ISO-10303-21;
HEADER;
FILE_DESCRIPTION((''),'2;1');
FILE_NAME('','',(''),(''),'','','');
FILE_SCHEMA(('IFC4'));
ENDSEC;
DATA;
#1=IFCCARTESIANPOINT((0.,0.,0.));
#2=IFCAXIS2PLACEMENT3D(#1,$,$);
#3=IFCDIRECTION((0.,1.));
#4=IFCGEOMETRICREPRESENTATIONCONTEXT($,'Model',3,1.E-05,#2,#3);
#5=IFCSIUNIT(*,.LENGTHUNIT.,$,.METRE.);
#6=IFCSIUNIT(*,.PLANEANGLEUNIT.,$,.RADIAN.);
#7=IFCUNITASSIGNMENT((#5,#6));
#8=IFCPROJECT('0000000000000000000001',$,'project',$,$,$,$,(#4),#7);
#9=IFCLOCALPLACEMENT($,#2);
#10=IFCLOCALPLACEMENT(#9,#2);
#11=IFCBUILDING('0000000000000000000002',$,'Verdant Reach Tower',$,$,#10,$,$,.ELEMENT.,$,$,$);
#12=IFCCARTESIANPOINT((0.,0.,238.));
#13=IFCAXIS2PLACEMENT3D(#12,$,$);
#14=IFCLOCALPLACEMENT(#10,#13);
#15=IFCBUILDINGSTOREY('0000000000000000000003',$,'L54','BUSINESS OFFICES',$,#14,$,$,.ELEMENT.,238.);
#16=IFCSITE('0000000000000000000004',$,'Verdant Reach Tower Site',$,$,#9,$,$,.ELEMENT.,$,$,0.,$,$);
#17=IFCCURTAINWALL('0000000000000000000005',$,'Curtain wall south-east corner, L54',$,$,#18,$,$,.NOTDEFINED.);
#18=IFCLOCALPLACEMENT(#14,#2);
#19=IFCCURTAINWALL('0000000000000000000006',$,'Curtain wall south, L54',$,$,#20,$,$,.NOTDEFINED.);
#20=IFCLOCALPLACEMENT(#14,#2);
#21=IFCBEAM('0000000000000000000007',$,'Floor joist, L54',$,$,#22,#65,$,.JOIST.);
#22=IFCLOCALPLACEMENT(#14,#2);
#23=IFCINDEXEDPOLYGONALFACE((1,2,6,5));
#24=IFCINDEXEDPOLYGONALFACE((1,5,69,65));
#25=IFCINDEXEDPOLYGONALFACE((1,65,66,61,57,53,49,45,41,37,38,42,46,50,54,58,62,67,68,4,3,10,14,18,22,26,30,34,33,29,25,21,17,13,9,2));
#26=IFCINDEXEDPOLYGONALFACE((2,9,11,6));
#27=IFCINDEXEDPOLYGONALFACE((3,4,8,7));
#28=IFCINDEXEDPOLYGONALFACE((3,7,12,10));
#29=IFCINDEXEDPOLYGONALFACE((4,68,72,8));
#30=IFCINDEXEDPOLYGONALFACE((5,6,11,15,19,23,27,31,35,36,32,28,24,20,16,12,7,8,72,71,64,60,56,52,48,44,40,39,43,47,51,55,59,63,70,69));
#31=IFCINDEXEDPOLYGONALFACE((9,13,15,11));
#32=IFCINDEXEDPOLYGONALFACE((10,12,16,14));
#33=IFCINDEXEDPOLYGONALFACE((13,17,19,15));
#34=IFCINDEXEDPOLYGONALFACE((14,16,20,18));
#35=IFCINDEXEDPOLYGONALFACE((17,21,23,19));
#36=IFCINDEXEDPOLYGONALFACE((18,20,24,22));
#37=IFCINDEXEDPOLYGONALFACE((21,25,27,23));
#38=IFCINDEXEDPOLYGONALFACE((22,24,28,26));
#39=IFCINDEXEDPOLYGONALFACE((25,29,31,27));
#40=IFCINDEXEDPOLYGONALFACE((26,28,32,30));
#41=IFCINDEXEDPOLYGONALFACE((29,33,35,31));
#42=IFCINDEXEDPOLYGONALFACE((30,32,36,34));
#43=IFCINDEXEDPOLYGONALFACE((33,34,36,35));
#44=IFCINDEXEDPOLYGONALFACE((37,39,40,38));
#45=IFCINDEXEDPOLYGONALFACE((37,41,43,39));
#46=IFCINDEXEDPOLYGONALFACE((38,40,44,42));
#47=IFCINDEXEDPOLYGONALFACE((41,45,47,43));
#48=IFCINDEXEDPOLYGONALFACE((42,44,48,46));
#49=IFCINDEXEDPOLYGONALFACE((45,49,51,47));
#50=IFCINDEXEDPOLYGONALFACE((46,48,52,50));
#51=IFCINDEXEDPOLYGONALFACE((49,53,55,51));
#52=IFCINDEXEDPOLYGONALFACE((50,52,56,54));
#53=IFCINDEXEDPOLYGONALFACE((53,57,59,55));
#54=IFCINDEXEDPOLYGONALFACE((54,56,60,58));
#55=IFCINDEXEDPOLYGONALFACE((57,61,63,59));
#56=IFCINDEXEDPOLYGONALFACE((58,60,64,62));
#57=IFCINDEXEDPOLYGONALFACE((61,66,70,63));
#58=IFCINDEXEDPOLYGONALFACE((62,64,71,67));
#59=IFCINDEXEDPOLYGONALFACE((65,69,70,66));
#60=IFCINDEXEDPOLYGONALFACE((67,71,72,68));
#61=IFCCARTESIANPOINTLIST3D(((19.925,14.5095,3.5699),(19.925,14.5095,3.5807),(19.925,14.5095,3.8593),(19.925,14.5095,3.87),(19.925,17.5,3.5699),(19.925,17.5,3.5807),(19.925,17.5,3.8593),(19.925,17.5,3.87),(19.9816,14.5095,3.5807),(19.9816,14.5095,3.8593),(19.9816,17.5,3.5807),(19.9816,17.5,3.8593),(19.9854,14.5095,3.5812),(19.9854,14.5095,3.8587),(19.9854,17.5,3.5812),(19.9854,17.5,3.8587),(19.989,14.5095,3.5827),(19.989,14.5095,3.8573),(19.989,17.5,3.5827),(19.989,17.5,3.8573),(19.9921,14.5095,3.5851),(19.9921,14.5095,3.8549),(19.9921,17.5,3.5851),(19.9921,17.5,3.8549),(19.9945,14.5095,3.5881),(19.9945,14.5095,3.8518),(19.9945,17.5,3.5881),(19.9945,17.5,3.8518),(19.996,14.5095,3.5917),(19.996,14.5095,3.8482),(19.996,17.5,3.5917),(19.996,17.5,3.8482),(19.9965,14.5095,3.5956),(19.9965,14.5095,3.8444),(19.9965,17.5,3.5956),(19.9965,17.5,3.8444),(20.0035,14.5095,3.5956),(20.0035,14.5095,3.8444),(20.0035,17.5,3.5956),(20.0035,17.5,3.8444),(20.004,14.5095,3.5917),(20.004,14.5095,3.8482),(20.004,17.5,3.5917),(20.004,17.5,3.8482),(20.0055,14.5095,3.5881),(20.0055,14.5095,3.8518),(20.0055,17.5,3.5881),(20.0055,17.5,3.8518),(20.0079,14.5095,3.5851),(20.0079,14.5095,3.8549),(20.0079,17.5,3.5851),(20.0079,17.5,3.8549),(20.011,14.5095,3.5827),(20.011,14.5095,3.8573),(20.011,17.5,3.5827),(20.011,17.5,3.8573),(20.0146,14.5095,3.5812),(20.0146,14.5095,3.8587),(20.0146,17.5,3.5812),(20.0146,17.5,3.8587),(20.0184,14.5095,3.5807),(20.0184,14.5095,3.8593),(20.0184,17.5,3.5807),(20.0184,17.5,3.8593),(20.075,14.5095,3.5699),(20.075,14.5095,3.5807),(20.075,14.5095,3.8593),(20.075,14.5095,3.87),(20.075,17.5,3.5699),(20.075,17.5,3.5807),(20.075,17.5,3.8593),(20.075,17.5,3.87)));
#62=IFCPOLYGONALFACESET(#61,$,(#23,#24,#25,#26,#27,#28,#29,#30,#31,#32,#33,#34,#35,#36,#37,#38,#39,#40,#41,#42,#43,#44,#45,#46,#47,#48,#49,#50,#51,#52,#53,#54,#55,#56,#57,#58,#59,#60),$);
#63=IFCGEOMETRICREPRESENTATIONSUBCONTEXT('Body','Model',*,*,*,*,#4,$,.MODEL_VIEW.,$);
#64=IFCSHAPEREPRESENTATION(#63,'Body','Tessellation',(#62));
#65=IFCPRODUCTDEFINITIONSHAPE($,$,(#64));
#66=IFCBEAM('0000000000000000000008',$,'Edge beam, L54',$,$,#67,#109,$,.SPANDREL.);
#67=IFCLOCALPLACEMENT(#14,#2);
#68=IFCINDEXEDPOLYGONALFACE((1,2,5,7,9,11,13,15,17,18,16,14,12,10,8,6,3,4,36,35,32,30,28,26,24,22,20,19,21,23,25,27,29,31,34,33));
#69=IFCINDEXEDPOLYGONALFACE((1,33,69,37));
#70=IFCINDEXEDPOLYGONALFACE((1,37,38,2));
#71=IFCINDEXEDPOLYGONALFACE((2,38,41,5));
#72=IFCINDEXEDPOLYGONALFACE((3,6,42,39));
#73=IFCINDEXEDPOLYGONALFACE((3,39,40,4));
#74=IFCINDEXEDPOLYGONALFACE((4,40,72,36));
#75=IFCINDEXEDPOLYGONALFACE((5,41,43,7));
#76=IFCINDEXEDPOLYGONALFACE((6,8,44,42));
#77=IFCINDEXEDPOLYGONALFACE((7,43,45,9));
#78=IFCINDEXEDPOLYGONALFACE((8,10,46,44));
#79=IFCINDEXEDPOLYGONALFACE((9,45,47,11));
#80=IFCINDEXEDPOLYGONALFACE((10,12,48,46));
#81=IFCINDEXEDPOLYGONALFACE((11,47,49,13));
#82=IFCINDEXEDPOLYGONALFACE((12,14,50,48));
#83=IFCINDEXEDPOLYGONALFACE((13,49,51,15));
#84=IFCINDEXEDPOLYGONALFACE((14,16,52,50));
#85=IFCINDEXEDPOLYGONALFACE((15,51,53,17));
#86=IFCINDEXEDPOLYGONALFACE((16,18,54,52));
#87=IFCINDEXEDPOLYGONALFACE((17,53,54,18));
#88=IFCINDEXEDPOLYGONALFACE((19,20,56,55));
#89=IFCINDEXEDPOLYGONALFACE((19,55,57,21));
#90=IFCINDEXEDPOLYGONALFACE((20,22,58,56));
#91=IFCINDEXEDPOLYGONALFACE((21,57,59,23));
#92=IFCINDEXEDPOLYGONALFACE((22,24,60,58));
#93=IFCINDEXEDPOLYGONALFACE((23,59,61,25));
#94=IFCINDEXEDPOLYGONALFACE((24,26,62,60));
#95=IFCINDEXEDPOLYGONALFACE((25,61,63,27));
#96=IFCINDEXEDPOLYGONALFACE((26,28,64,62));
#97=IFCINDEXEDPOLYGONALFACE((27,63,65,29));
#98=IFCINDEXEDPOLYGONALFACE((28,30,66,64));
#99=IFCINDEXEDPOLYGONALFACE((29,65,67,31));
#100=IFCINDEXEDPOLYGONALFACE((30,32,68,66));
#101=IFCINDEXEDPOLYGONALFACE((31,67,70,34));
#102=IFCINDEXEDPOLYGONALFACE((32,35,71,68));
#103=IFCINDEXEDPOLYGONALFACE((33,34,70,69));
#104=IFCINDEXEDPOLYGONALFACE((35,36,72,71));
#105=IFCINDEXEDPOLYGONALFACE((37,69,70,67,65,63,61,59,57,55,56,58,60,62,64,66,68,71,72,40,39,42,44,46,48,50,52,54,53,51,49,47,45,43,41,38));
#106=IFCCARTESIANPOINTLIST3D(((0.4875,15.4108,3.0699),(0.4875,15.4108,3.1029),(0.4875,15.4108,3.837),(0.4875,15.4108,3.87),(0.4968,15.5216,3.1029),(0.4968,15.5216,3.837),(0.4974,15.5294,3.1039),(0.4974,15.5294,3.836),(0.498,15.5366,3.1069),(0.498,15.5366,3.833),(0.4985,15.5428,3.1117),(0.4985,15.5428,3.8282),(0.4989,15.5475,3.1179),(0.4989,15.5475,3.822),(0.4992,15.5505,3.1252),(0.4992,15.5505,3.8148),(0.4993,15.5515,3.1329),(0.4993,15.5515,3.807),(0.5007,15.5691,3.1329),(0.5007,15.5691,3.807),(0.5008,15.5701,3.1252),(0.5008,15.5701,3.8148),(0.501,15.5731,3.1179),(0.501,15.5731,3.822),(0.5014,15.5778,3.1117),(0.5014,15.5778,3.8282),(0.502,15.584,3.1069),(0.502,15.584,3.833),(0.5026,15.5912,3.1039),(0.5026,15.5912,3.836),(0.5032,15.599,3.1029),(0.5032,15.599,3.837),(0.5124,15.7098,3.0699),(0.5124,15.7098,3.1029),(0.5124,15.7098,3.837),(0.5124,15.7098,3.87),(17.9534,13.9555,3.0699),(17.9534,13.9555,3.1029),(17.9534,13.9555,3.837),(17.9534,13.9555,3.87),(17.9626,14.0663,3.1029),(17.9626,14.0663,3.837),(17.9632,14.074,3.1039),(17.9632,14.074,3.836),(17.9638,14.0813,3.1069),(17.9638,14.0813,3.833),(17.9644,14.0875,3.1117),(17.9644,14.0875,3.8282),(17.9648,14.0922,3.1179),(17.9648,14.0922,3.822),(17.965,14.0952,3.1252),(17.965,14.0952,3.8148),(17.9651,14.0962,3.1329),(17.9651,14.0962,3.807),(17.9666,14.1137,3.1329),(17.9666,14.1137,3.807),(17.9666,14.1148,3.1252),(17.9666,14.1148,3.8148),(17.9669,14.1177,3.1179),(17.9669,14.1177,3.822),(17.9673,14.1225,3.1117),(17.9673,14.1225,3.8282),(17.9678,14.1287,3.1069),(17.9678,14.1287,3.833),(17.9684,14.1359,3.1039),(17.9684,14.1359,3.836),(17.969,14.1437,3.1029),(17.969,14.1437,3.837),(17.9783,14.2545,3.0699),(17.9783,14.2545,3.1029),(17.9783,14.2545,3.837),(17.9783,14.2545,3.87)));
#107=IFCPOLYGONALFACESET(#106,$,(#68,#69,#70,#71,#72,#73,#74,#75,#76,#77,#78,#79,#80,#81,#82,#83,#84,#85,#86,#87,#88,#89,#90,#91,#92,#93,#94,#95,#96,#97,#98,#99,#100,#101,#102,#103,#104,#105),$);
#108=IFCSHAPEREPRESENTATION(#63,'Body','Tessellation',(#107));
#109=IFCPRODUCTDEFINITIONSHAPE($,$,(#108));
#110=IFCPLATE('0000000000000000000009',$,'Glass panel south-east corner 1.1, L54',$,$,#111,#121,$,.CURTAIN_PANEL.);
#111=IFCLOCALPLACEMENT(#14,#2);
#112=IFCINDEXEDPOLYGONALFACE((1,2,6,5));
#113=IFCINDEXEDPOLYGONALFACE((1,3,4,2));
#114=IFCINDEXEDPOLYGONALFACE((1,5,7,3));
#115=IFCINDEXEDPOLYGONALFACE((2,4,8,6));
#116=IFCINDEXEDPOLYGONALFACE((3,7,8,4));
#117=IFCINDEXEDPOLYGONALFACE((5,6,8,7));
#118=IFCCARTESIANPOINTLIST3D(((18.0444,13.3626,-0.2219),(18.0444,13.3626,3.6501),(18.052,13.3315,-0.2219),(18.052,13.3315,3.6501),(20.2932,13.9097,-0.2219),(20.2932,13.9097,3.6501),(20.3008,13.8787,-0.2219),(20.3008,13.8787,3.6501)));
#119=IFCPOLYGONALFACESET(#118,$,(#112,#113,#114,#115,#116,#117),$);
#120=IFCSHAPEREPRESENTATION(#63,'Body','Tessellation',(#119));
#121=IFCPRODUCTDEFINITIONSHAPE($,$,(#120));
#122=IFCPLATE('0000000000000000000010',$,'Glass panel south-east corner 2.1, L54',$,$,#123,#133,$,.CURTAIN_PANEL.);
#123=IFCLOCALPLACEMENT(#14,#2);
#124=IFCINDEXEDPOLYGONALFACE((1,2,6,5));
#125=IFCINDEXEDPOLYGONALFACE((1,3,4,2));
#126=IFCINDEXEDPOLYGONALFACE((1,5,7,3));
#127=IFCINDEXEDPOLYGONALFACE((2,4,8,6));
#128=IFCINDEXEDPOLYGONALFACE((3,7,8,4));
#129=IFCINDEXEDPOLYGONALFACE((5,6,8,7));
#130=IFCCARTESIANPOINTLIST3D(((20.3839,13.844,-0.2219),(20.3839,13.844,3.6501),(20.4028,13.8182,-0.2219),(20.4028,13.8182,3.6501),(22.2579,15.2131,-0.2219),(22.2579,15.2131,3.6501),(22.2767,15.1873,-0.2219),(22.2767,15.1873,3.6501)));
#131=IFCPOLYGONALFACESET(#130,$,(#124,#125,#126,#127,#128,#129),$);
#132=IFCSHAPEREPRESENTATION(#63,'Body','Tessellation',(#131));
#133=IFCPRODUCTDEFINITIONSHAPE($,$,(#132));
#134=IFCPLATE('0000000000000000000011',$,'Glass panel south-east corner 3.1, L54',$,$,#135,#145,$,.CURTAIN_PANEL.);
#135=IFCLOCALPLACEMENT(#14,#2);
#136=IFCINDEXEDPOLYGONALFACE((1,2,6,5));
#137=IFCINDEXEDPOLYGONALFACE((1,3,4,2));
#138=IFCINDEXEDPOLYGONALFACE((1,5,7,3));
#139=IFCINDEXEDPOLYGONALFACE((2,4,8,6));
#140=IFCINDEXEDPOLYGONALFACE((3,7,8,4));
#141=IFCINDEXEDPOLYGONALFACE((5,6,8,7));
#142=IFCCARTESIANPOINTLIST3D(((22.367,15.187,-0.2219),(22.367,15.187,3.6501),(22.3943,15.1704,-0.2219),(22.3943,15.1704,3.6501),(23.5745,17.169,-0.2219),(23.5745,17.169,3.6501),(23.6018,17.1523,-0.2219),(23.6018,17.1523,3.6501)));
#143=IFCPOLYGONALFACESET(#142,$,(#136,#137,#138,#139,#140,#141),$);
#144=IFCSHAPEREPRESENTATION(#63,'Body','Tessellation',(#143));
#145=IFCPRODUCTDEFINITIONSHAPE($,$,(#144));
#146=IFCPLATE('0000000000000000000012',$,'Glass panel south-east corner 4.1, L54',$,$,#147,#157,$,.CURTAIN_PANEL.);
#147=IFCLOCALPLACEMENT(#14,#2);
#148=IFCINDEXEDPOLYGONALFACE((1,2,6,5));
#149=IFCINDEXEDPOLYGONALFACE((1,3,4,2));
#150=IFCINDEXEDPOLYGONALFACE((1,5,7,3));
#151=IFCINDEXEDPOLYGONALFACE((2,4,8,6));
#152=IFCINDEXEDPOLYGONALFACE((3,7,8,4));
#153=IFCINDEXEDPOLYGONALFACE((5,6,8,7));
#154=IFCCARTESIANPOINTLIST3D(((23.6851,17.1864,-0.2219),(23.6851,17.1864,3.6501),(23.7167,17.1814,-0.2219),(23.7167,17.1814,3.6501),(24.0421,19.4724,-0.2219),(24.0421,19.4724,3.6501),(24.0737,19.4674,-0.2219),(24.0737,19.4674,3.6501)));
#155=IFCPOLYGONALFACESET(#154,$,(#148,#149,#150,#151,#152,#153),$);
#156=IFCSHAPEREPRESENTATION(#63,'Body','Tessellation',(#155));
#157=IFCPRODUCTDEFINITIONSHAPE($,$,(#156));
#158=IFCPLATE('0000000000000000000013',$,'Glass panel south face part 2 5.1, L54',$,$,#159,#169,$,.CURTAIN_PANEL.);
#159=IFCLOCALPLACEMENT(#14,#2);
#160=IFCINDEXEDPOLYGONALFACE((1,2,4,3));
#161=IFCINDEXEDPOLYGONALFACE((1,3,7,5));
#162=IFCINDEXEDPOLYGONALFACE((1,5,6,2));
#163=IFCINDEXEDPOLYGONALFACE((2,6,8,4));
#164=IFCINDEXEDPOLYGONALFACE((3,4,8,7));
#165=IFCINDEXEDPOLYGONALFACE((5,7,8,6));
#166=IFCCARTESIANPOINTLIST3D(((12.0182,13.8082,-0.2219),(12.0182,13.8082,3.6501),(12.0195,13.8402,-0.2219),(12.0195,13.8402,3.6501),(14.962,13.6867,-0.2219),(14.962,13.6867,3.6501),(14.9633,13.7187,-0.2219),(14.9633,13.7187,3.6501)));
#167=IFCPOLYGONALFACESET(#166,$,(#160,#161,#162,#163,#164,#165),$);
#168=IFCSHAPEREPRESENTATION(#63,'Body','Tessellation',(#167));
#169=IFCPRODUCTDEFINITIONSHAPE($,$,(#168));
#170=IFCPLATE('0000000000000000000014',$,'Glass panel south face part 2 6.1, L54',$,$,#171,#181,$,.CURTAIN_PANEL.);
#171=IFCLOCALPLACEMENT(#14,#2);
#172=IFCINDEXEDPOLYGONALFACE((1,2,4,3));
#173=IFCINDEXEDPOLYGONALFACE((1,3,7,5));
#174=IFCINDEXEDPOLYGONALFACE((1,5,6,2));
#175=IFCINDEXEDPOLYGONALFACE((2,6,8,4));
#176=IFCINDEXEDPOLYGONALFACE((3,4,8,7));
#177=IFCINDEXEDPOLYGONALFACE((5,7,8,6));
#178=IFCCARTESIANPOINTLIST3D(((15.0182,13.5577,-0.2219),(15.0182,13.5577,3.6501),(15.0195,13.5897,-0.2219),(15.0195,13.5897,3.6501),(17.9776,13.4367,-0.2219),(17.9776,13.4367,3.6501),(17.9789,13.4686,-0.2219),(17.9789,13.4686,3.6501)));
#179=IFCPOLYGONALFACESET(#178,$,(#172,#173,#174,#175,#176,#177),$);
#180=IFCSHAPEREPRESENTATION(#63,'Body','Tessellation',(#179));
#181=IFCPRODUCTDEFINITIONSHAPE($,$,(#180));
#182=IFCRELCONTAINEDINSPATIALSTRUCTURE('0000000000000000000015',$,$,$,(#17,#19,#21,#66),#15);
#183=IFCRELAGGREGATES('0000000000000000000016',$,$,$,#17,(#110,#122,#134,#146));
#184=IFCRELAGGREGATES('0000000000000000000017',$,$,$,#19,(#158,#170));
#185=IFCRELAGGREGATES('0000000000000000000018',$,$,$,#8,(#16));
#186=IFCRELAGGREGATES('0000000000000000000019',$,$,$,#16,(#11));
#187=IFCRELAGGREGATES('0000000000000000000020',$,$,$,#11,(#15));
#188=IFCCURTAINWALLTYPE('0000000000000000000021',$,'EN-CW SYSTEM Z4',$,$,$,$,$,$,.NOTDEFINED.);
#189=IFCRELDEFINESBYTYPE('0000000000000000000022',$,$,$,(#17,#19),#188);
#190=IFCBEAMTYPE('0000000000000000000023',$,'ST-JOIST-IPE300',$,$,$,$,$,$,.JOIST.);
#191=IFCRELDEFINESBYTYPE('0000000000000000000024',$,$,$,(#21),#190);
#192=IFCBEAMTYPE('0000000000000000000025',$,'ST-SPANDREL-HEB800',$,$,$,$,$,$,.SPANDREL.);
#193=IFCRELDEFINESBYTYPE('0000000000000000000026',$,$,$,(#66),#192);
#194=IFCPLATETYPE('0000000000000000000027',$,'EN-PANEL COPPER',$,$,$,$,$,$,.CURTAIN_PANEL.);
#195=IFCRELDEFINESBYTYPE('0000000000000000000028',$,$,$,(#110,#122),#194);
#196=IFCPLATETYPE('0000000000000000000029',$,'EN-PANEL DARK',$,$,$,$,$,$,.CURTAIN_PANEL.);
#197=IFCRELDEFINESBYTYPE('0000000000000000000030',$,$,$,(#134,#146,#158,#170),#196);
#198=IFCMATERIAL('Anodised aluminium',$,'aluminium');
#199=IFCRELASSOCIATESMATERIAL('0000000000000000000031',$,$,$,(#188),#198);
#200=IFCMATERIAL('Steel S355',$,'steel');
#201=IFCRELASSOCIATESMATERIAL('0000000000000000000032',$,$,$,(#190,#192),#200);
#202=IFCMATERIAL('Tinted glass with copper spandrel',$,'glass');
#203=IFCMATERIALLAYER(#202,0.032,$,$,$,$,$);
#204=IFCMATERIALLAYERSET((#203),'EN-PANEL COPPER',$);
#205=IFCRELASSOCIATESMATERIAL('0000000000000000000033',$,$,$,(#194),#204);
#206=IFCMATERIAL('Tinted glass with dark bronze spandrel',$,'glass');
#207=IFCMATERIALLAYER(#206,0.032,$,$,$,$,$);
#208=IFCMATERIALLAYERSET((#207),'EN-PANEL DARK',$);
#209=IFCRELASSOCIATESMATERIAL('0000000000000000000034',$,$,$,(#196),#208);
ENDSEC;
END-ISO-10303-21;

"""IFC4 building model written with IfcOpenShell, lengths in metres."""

from ifc_helpers import new_model, si_unit, direction, frame, origin, origin_2d, place, context, subcontext, project, spatial, rectangle, i_section, extrude, material, layer, layer_set, material_profile, profile_set, type_object, element, aggregate, save


model = new_model("IFC4")

# Units and contexts
model_context = context("Model", 3, precision=1e-05, world=origin(), true_north=direction((0.0, 1.0)))
body_context = subcontext(model_context, "Body", "Model", "MODEL_VIEW")
ifc_project = project(units=[si_unit("LENGTHUNIT", "METRE"), si_unit("PLANEANGLEUNIT", "RADIAN")], contexts=[model_context])

# Site, building, storey
site_placement = place(None, origin())
site = spatial("IfcSite", under=ifc_project, at=site_placement, Name="Verdant Reach Tower Site", CompositionType="ELEMENT", RefElevation=0.0)
building_placement = place(site_placement, origin())
building = spatial("IfcBuilding", under=site, at=building_placement, Name="Verdant Reach Tower", CompositionType="ELEMENT")
storey_placement = place(building_placement, frame((0.0, 0.0, 238.0)))
storey = spatial("IfcBuildingStorey", under=building, at=storey_placement, Name="L54", Description="BUSINESS OFFICES", CompositionType="ELEMENT", Elevation=238.0)

# Curtain wall
ifc_material_1 = material(Name="Anodised aluminium", Category="aluminium")
curtain_wall_type = type_object("IfcCurtainWallType", Name="EN-CW SYSTEM Z4", PredefinedType="NOTDEFINED", material=ifc_material_1)
curtain_wall_1_placement = place(storey_placement, origin())
curtain_wall_1 = element("IfcCurtainWall", 1, at=curtain_wall_1_placement, inside=storey, type_object=curtain_wall_type, Name="Curtain wall south-east corner, L54", PredefinedType="NOTDEFINED")

# Curtain wall
curtain_wall_2_placement = place(storey_placement, origin())
curtain_wall_2 = element("IfcCurtainWall", 2, at=curtain_wall_2_placement, inside=storey, type_object=curtain_wall_type, Name="Curtain wall south, L54", PredefinedType="NOTDEFINED")

# Beams
ifc_material_2 = material(Name="Steel S355", Category="steel")
ifc_material_profile_1 = material_profile(ifc_material_2, i_section(OverallWidth=0.1499, OverallDepth=0.3, WebThickness=0.0071, FlangeThickness=0.0107, FilletRadius=0.0149, at=origin_2d()), Name="IPE 300")
ifc_profile_set_1 = profile_set([ifc_material_profile_1], Name="Steel S355")
beam_type_1 = type_object("IfcBeamType", Name="ST-JOIST-IPE300", PredefinedType="JOIST", material=ifc_profile_set_1)
beam_1_placement = place(storey_placement, frame((20.0, 17.5, 3.72), z_axis=(0.0, -1.0, 0.0), x_axis=(1.0, 0.0, 0.0)))
element("IfcBeam", 3, at=beam_1_placement, inside=storey, type_object=beam_type_1, Name="Floor joist, L54", PredefinedType="JOIST", context=body_context, shape_type="SweptSolid", body=[
    extrude(i_section(OverallWidth=0.1499, OverallDepth=0.3, WebThickness=0.0071, FlangeThickness=0.0107, FilletRadius=0.0149, at=origin_2d()), origin(), (0.0, 0.0, 1.0), 2.9905),
])
ifc_material_profile_2 = material_profile(ifc_material_2, i_section(OverallWidth=0.3, OverallDepth=0.8, WebThickness=0.0176, FlangeThickness=0.033, FilletRadius=0.03, at=origin_2d()), Name="HEB 800")
ifc_profile_set_2 = profile_set([ifc_material_profile_2], Name="Steel S355")
beam_type_2 = type_object("IfcBeamType", Name="ST-SPANDREL-HEB800", PredefinedType="SPANDREL", material=ifc_profile_set_2)
beam_2_placement = place(storey_placement, frame((17.9658, 14.105, 3.47), z_axis=(-0.996547, 0.083036, 0.0), x_axis=(-0.083036, -0.996547, 0.0)))
element("IfcBeam", 4, at=beam_2_placement, inside=storey, type_object=beam_type_2, Name="Edge beam, L54", PredefinedType="SPANDREL", context=body_context, shape_type="SweptSolid", body=[
    extrude(i_section(OverallWidth=0.3, OverallDepth=0.8, WebThickness=0.0176, FlangeThickness=0.033, FilletRadius=0.03, at=origin_2d()), origin(), (0.0, 0.0, 1.0), 17.5264),
])

# Plates
ifc_material_3 = material(Name="Tinted glass with copper spandrel", Category="glass")
ifc_layer_1 = layer(ifc_material_3, 0.032)
ifc_layer_set_1 = layer_set([ifc_layer_1], Name="EN-PANEL COPPER")
plate_type_1 = type_object("IfcPlateType", Name="EN-PANEL COPPER", PredefinedType="CURTAIN_PANEL", material=ifc_layer_set_1)
plate_1_placement = place(storey_placement, frame((19.1726, 13.6206, -0.2219), z_axis=(0.0, 0.0, 1.0), x_axis=(0.971652, 0.236414, 0.0)))
plate_1 = element("IfcPlate", 5, at=plate_1_placement, type_object=plate_type_1, Name="Glass panel south-east corner 1.1, L54", PredefinedType="CURTAIN_PANEL", context=body_context, shape_type="SweptSolid", body=[
    extrude(rectangle(XDim=2.3145, YDim=0.032, at=origin_2d()), origin(), (0.0, 0.0, 1.0), 3.8721),
])
plate_2_placement = place(storey_placement, frame((21.3303, 14.5156, -0.2219), z_axis=(0.0, 0.0, 1.0), x_axis=(0.807457, 0.589927, 0.0)))
plate_2 = element("IfcPlate", 6, at=plate_2_placement, type_object=plate_type_1, Name="Glass panel south-east corner 2.1, L54", PredefinedType="CURTAIN_PANEL", context=body_context, shape_type="SweptSolid", body=[
    extrude(rectangle(XDim=2.3208, YDim=0.032, at=origin_2d()), origin(), (0.0, 0.0, 1.0), 3.8721),
])
ifc_material_4 = material(Name="Tinted glass with dark bronze spandrel", Category="glass")
ifc_layer_2 = layer(ifc_material_4, 0.032)
ifc_layer_set_2 = layer_set([ifc_layer_2], Name="EN-PANEL DARK")
plate_type_2 = type_object("IfcPlateType", Name="EN-PANEL DARK", PredefinedType="CURTAIN_PANEL", material=ifc_layer_set_2)
plate_3_placement = place(storey_placement, frame((22.9844, 16.1697, -0.2219), z_axis=(0.0, 0.0, 1.0), x_axis=(0.520292, 0.853989, 0.0)))
plate_3 = element("IfcPlate", 7, at=plate_3_placement, type_object=plate_type_2, Name="Glass panel south-east corner 3.1, L54", PredefinedType="CURTAIN_PANEL", context=body_context, shape_type="SweptSolid", body=[
    extrude(rectangle(XDim=2.3208, YDim=0.032, at=origin_2d()), origin(), (0.0, 0.0, 1.0), 3.8721),
])
plate_4_placement = place(storey_placement, frame((23.8794, 18.3269, -0.2219), z_axis=(0.0, 0.0, 1.0), x_axis=(0.154325, 0.98802, 0.0)))
plate_4 = element("IfcPlate", 8, at=plate_4_placement, type_object=plate_type_2, Name="Glass panel south-east corner 4.1, L54", PredefinedType="CURTAIN_PANEL", context=body_context, shape_type="SweptSolid", body=[
    extrude(rectangle(XDim=2.3137, YDim=0.032, at=origin_2d()), origin(), (0.0, 0.0, 1.0), 3.8721),
])
aggregate(curtain_wall_1, [plate_1, plate_2, plate_3, plate_4])
plate_5_placement = place(storey_placement, frame((13.4907, 13.7634, -0.2219), z_axis=(0.0, 0.0, 1.0), x_axis=(0.999149, -0.041242, 0.0)))
plate_5 = element("IfcPlate", 9, at=plate_5_placement, type_object=plate_type_2, Name="Glass panel south face part 2 5.1, L54", PredefinedType="CURTAIN_PANEL", context=body_context, shape_type="SweptSolid", body=[
    extrude(rectangle(XDim=2.9463, YDim=0.032, at=origin_2d()), origin(), (0.0, 0.0, 1.0), 3.8721),
])
plate_6_placement = place(storey_placement, frame((16.4985, 13.5132, -0.2219), z_axis=(0.0, 0.0, 1.0), x_axis=(0.999164, -0.040881, 0.0)))
plate_6 = element("IfcPlate", 10, at=plate_6_placement, type_object=plate_type_2, Name="Glass panel south face part 2 6.1, L54", PredefinedType="CURTAIN_PANEL", context=body_context, shape_type="SweptSolid", body=[
    extrude(rectangle(XDim=2.9619, YDim=0.032, at=origin_2d()), origin(), (0.0, 0.0, 1.0), 3.8721),
])
aggregate(curtain_wall_2, [plate_5, plate_6])

save(model, "model.ifc")
